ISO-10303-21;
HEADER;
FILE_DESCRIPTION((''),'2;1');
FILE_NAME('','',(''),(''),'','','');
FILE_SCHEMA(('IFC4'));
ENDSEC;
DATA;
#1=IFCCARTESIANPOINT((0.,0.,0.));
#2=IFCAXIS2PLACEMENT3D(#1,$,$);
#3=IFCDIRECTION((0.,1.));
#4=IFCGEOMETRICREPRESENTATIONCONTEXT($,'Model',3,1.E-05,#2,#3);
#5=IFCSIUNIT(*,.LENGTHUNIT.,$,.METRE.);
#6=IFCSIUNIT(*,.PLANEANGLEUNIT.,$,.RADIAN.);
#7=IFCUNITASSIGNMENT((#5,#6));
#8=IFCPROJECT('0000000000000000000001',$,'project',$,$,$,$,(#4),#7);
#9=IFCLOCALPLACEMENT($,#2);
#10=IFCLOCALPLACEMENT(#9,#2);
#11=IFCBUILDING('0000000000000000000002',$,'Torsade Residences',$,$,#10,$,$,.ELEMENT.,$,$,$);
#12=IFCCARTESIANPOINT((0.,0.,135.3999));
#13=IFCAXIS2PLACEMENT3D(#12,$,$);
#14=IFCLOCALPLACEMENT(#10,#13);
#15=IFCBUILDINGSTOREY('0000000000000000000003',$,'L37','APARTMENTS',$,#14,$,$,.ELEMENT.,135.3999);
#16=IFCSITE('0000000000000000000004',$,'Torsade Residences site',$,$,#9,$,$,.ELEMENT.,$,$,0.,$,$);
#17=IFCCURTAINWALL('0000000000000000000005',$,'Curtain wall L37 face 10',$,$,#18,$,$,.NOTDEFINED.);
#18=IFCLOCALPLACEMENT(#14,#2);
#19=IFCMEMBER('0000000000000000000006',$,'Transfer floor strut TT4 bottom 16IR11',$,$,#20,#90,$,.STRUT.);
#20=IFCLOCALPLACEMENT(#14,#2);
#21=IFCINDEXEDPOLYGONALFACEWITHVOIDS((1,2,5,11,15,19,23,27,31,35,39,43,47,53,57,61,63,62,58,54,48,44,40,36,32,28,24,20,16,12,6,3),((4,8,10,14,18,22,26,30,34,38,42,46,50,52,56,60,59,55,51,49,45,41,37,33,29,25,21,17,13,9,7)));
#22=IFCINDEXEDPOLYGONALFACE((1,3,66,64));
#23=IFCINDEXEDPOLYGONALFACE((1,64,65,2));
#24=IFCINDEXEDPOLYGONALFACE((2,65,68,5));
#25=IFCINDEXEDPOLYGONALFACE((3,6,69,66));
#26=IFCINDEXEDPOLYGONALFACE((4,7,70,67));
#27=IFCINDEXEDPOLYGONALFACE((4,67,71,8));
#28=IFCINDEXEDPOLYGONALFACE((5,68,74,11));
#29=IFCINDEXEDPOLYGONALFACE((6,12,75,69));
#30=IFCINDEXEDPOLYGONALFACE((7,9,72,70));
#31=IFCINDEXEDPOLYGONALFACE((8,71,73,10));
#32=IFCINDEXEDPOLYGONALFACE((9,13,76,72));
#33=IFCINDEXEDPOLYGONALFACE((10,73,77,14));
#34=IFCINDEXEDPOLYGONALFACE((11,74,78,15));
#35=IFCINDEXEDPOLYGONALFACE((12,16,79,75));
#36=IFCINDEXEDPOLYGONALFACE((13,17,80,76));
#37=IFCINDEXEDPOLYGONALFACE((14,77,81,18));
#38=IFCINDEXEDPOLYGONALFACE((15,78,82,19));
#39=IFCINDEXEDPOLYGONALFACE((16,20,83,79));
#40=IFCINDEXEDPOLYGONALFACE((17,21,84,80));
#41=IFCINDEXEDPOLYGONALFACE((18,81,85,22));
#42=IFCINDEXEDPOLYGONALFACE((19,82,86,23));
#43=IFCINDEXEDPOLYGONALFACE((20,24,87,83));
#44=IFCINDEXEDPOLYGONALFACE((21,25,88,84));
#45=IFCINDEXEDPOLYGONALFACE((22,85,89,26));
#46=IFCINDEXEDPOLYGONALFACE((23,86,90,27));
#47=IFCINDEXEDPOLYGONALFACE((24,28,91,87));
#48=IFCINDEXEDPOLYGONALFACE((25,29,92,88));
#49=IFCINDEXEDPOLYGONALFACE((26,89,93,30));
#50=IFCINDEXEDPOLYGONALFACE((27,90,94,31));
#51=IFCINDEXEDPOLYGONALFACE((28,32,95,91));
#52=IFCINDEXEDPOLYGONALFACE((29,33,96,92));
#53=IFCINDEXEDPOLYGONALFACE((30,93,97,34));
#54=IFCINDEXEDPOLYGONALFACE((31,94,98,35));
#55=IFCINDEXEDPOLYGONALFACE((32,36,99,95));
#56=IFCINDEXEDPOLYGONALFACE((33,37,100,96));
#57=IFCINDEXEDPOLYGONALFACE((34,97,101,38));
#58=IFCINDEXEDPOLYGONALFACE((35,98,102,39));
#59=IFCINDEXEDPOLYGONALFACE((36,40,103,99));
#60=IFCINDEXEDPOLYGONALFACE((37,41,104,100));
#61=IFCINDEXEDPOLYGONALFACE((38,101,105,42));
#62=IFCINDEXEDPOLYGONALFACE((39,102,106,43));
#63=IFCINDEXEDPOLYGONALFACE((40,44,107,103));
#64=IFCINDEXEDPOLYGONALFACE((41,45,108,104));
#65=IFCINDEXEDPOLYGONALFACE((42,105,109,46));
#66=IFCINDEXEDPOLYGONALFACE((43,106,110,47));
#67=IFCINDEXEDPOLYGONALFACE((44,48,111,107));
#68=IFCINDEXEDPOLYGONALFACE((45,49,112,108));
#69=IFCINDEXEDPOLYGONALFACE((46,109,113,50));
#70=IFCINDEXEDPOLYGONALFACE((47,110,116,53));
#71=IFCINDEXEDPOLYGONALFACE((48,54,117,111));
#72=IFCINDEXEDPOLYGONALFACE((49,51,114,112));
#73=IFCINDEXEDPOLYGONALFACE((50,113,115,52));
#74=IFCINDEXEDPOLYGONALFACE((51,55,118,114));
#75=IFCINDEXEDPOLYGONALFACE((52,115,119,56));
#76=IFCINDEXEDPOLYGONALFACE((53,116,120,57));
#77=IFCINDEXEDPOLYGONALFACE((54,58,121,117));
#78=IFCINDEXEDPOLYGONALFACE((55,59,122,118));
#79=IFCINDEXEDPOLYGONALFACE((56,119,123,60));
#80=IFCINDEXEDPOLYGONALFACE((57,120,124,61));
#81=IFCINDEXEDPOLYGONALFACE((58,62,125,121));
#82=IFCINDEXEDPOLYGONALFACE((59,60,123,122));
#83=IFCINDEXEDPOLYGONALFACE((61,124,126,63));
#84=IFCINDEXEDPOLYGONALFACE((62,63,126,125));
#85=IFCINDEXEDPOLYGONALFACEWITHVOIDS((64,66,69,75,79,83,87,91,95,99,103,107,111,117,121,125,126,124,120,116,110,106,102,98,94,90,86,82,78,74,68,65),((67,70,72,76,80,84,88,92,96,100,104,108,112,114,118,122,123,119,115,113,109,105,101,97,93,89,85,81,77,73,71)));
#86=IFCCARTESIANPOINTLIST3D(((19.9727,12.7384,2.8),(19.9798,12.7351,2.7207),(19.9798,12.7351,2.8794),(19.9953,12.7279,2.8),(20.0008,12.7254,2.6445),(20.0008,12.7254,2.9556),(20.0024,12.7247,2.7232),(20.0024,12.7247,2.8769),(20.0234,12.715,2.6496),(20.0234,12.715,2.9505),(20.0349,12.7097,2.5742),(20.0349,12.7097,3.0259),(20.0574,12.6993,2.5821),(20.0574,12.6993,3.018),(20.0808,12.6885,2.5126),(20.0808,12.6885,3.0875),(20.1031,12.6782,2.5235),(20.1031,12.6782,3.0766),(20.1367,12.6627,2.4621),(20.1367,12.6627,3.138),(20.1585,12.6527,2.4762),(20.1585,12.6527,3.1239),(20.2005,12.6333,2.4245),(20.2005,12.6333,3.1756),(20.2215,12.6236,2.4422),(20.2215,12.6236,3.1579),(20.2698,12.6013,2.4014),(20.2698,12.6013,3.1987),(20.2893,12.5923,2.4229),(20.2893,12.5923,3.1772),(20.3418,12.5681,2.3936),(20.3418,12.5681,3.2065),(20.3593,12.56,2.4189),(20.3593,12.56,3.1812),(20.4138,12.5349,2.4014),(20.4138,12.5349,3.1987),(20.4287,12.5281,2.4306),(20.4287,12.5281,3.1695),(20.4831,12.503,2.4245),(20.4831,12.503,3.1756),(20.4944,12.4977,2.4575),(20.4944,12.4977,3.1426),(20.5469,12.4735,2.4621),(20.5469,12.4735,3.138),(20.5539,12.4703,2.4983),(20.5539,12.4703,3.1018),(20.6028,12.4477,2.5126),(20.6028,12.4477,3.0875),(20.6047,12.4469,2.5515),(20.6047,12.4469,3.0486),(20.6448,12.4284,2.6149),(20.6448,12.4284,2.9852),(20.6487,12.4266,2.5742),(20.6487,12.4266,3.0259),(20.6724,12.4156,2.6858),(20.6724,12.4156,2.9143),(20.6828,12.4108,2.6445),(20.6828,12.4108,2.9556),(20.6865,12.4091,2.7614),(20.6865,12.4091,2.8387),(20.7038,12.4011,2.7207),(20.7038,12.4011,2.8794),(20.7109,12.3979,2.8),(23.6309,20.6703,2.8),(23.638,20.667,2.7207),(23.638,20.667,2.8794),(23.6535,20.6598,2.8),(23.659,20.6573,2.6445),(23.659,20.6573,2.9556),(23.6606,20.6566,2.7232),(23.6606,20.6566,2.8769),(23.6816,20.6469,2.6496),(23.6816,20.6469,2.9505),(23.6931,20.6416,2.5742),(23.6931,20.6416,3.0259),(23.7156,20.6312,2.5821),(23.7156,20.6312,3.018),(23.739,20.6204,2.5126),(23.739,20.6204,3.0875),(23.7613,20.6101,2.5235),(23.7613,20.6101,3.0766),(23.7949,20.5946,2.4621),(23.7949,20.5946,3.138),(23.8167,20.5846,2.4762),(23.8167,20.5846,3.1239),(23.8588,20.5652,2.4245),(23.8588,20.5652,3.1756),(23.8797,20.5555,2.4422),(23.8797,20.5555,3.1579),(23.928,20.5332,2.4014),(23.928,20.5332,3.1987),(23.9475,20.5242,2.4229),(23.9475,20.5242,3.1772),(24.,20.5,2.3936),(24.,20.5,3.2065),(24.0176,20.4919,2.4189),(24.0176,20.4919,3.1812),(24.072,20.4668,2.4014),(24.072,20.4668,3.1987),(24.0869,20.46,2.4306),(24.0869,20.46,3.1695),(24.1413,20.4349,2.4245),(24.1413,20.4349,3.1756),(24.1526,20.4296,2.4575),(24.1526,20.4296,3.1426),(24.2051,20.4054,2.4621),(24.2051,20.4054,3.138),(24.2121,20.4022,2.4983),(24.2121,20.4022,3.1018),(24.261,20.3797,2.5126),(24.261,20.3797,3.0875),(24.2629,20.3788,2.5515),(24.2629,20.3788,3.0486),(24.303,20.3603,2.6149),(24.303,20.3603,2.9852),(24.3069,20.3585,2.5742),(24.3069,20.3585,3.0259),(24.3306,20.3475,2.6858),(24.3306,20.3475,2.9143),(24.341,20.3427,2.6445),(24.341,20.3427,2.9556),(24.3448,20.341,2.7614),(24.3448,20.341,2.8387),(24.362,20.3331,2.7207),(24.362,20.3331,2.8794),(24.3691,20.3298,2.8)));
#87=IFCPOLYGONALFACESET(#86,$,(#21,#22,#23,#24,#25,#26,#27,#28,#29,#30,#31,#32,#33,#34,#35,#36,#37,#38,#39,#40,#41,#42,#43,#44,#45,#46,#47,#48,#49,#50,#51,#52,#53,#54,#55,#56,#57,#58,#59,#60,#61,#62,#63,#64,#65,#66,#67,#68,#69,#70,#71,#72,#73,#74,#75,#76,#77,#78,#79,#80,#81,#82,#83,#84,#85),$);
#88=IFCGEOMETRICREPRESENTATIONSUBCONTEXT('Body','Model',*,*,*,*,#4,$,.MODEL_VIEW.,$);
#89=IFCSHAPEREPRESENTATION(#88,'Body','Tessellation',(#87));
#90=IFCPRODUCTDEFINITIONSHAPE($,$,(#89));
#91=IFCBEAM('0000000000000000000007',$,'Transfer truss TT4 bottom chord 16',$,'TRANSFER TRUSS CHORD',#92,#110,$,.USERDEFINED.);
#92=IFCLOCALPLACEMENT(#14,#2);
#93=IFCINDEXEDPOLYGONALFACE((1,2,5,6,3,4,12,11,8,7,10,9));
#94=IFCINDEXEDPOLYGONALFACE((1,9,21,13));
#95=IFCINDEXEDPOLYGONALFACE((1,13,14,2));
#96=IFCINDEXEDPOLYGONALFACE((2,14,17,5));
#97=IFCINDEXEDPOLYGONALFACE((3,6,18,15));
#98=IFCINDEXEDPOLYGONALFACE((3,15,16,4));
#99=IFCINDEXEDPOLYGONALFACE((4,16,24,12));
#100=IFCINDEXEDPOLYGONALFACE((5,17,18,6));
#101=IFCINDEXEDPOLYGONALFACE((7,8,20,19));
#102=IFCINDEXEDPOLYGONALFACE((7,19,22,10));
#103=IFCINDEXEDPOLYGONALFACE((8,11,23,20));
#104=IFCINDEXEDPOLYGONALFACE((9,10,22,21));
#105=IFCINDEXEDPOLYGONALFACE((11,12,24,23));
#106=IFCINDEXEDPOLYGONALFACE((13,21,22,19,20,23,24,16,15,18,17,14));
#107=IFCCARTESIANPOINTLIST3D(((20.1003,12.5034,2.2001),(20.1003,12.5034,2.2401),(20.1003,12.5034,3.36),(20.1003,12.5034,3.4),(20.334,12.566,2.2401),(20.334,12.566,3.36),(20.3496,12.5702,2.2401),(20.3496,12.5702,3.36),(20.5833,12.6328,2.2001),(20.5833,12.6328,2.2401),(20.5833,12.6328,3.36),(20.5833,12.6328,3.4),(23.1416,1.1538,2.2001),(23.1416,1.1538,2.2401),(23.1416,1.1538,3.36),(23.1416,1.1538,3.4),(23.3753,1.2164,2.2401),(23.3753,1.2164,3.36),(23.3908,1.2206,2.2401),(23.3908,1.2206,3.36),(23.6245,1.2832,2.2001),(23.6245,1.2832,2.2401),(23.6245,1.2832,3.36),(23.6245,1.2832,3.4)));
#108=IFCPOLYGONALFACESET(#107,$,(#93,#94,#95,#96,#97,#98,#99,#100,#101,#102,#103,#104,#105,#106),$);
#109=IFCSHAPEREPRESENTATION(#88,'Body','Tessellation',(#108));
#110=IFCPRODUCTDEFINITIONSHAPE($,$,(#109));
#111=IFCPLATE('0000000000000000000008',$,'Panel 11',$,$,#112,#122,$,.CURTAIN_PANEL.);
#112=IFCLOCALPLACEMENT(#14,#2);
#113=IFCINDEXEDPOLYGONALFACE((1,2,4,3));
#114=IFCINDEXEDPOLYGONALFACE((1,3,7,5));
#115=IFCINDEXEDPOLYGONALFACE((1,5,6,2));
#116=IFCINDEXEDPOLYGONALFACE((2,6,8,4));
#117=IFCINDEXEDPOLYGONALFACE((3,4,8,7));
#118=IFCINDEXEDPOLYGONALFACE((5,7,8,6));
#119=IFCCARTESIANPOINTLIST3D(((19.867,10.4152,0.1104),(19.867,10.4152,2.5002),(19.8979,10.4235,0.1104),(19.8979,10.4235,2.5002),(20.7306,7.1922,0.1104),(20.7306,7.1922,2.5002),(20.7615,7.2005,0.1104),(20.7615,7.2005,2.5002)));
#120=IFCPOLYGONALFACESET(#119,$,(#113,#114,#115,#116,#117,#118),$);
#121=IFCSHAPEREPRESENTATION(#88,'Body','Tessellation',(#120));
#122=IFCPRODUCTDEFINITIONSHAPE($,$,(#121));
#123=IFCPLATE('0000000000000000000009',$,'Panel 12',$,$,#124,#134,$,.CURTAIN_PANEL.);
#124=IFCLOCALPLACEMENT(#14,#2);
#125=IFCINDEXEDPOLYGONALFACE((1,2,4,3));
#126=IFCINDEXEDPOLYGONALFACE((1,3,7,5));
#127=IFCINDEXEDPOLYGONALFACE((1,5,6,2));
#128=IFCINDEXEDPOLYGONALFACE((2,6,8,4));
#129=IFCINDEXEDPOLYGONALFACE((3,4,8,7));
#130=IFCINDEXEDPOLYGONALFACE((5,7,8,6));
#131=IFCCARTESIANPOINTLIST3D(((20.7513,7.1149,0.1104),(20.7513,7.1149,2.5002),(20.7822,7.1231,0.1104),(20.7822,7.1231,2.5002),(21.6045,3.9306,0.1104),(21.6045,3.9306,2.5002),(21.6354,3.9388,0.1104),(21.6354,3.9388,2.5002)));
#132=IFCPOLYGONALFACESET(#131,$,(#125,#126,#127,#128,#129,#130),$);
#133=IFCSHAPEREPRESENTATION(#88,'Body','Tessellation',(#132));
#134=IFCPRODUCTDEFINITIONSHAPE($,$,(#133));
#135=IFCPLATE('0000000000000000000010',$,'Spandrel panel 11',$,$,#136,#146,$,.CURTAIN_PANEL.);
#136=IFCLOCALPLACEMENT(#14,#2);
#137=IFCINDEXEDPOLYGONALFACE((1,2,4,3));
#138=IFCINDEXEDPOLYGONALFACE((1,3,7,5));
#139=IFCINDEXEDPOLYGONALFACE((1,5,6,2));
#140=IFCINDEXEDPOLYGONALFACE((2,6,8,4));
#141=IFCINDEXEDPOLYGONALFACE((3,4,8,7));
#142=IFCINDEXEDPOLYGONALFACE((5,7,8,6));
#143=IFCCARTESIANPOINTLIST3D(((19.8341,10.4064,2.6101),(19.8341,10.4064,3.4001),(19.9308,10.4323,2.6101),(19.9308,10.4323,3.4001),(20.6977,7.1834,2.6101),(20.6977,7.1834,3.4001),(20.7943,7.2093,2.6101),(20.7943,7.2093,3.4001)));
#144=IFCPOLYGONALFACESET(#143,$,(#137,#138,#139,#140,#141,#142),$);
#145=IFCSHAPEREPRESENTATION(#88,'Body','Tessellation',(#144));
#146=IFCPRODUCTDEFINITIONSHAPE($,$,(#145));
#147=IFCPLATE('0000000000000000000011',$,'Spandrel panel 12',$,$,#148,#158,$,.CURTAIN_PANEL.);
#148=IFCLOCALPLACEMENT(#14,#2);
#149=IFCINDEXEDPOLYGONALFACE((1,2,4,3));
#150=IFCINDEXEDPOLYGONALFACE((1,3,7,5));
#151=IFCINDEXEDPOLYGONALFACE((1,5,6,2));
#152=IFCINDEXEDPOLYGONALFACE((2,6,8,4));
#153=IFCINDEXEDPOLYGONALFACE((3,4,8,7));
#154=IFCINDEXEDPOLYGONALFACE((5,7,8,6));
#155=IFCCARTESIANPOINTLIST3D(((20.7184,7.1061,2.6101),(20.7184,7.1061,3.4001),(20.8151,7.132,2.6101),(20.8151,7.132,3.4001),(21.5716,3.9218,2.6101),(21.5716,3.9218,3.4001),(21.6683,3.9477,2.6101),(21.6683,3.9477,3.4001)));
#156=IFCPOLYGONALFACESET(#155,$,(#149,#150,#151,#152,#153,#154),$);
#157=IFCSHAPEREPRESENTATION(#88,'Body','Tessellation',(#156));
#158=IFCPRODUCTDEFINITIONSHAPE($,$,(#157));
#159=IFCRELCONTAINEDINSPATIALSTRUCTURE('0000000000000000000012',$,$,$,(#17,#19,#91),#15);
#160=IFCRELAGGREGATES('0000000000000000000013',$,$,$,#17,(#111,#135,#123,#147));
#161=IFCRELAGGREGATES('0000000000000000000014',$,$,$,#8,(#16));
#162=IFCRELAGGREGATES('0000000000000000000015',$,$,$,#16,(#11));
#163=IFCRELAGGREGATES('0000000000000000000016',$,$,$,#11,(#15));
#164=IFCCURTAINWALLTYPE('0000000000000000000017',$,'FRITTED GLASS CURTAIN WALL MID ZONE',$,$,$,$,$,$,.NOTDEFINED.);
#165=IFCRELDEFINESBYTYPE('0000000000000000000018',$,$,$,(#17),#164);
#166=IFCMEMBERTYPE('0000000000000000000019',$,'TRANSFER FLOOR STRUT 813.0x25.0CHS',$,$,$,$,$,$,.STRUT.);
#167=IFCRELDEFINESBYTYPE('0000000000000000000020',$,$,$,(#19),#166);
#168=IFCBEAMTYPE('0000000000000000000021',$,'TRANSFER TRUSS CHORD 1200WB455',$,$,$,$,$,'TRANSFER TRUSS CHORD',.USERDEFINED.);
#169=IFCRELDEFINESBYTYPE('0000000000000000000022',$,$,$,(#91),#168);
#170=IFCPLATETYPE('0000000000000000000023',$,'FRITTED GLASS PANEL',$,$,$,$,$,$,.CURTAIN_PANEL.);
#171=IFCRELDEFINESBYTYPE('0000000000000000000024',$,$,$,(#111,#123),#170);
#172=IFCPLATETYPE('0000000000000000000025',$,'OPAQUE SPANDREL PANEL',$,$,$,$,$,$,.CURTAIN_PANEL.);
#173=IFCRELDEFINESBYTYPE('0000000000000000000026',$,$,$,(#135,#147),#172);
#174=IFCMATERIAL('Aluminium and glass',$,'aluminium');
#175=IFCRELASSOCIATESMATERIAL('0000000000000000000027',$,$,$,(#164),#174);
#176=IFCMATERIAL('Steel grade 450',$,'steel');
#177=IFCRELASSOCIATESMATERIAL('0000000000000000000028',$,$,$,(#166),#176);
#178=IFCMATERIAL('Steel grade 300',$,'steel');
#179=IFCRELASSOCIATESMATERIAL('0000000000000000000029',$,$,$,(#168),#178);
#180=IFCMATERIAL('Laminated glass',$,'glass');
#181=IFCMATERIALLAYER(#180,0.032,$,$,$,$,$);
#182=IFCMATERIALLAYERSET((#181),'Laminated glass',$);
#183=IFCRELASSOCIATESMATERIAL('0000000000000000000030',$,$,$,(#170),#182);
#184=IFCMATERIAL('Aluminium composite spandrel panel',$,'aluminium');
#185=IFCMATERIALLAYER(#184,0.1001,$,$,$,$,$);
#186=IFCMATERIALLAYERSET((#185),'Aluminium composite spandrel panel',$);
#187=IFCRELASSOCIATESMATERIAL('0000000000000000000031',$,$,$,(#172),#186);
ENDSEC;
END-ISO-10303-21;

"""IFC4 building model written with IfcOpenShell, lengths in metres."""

from ifc_helpers import new_model, si_unit, direction, frame, origin, origin_2d, place, context, subcontext, project, spatial, rectangle, hollow_circle, i_section, extrude, material, layer, layer_set, material_profile, profile_set, type_object, element, aggregate, save


model = new_model("IFC4")

# Units and contexts
model_context = context("Model", 3, precision=1e-05, world=origin(), true_north=direction((0.0, 1.0)))
body_context = subcontext(model_context, "Body", "Model", "MODEL_VIEW")
ifc_project = project(units=[si_unit("LENGTHUNIT", "METRE"), si_unit("PLANEANGLEUNIT", "RADIAN")], contexts=[model_context])

# Site, building, storey
site_placement = place(None, origin())
site = spatial("IfcSite", under=ifc_project, at=site_placement, Name="Torsade Residences site", CompositionType="ELEMENT", RefElevation=0.0)
building_placement = place(site_placement, origin())
building = spatial("IfcBuilding", under=site, at=building_placement, Name="Torsade Residences", CompositionType="ELEMENT")
storey_placement = place(building_placement, frame((0.0, 0.0, 135.3999)))
storey = spatial("IfcBuildingStorey", under=building, at=storey_placement, Name="L37", Description="APARTMENTS", CompositionType="ELEMENT", Elevation=135.3999)

# Curtain wall
ifc_material_1 = material(Name="Aluminium and glass", Category="aluminium")
curtain_wall_type = type_object("IfcCurtainWallType", Name="FRITTED GLASS CURTAIN WALL MID ZONE", PredefinedType="NOTDEFINED", material=ifc_material_1)
curtain_wall_placement = place(storey_placement, origin())
curtain_wall = element("IfcCurtainWall", 1, at=curtain_wall_placement, inside=storey, type_object=curtain_wall_type, Name="Curtain wall L37 face 10", PredefinedType="NOTDEFINED")

# Member
ifc_material_2 = material(Name="Steel grade 450", Category="steel")
ifc_material_profile_1 = material_profile(ifc_material_2, hollow_circle(Radius=0.4065, WallThickness=0.0249, at=origin_2d()), Name="813.0x25.0CHS")
ifc_profile_set_1 = profile_set([ifc_material_profile_1], Name="Steel grade 450")
member_type_1 = type_object("IfcMemberType", Name="TRANSFER FLOOR STRUT 813.0x25.0CHS", PredefinedType="STRUT", material=ifc_profile_set_1)
member_1_placement = place(storey_placement, frame((20.3418, 12.5681, 2.8), z_axis=(0.418806, 0.908076, 0.0), x_axis=(-0.908076, 0.418806, 0.0)))
element("IfcMember", 2, at=member_1_placement, inside=storey, type_object=member_type_1, Name="Transfer floor strut TT4 bottom 16IR11", PredefinedType="STRUT", context=body_context, shape_type="SweptSolid", body=[
    extrude(hollow_circle(Radius=0.4065, WallThickness=0.0249, at=origin_2d()), origin(), (0.0, 0.0, 1.0), 8.7349),
])

# Beam
ifc_material_3 = material(Name="Steel grade 300", Category="steel")
ifc_material_profile_2 = material_profile(ifc_material_3, i_section(OverallWidth=0.5, OverallDepth=1.2, WebThickness=0.0161, FlangeThickness=0.04, at=origin_2d()), Name="1200WB455")
ifc_profile_set_2 = profile_set([ifc_material_profile_2], Name="Steel grade 300")
beam_type_1 = type_object("IfcBeamType", Name="TRANSFER TRUSS CHORD 1200WB455", ElementType="TRANSFER TRUSS CHORD", PredefinedType="USERDEFINED", material=ifc_profile_set_2)
beam_1_placement = place(storey_placement, frame((20.3418, 12.5681, 2.8), z_axis=(0.25883, -0.965923, 0.0), x_axis=(0.965923, 0.25883, 0.0)))
element("IfcBeam", 3, at=beam_1_placement, inside=storey, type_object=beam_type_1, Name="Transfer truss TT4 bottom chord 16", ObjectType="TRANSFER TRUSS CHORD", PredefinedType="USERDEFINED", context=body_context, shape_type="SweptSolid", body=[
    extrude(i_section(OverallWidth=0.5, OverallDepth=1.2, WebThickness=0.0161, FlangeThickness=0.04, at=origin_2d()), origin(), (0.0, 0.0, 1.0), 11.75),
])

# Plates
ifc_material_4 = material(Name="Laminated glass", Category="glass")
ifc_layer_1 = layer(ifc_material_4, 0.032)
ifc_layer_set_1 = layer_set([ifc_layer_1], Name="Laminated glass")
plate_type_1 = type_object("IfcPlateType", Name="FRITTED GLASS PANEL", PredefinedType="CURTAIN_PANEL", material=ifc_layer_set_1)
plate_1_placement = place(storey_placement, frame((20.3142, 8.8079, 0.1104), z_axis=(0.0, 0.0, 1.0), x_axis=(0.258819, -0.965926, 0.0)))
plate_1 = element("IfcPlate", 4, at=plate_1_placement, type_object=plate_type_1, Name="Panel 11", PredefinedType="CURTAIN_PANEL", context=body_context, shape_type="SweptSolid", body=[
    extrude(rectangle(XDim=3.3367, YDim=0.032, at=origin_2d()), origin(), (0.0, 0.0, 1.0), 2.3899),
])
plate_2_placement = place(storey_placement, frame((21.1934, 5.5269, 0.1104), z_axis=(0.0, 0.0, 1.0), x_axis=(0.258819, -0.965926, 0.0)))
plate_2 = element("IfcPlate", 5, at=plate_2_placement, type_object=plate_type_1, Name="Panel 12", PredefinedType="CURTAIN_PANEL", context=body_context, shape_type="SweptSolid", body=[
    extrude(rectangle(XDim=3.2966, YDim=0.032, at=origin_2d()), origin(), (0.0, 0.0, 1.0), 2.3899),
])
ifc_material_5 = material(Name="Aluminium composite spandrel panel", Category="aluminium")
ifc_layer_2 = layer(ifc_material_5, 0.1001)
ifc_layer_set_2 = layer_set([ifc_layer_2], Name="Aluminium composite spandrel panel")
plate_type_2 = type_object("IfcPlateType", Name="OPAQUE SPANDREL PANEL", PredefinedType="CURTAIN_PANEL", material=ifc_layer_set_2)
plate_3_placement = place(storey_placement, frame((20.3142, 8.8079, 2.6101), z_axis=(0.0, 0.0, 1.0), x_axis=(0.258819, -0.965926, 0.0)))
plate_3 = element("IfcPlate", 6, at=plate_3_placement, type_object=plate_type_2, Name="Spandrel panel 11", PredefinedType="CURTAIN_PANEL", context=body_context, shape_type="SweptSolid", body=[
    extrude(rectangle(XDim=3.3367, YDim=0.1001, at=origin_2d()), origin(), (0.0, 0.0, 1.0), 0.79),
])
plate_4_placement = place(storey_placement, frame((21.1934, 5.5269, 2.6101), z_axis=(0.0, 0.0, 1.0), x_axis=(0.258819, -0.965926, 0.0)))
plate_4 = element("IfcPlate", 7, at=plate_4_placement, type_object=plate_type_2, Name="Spandrel panel 12", PredefinedType="CURTAIN_PANEL", context=body_context, shape_type="SweptSolid", body=[
    extrude(rectangle(XDim=3.2966, YDim=0.1001, at=origin_2d()), origin(), (0.0, 0.0, 1.0), 0.79),
])
aggregate(curtain_wall, [plate_1, plate_3, plate_2, plate_4])

save(model, "model.ifc")
